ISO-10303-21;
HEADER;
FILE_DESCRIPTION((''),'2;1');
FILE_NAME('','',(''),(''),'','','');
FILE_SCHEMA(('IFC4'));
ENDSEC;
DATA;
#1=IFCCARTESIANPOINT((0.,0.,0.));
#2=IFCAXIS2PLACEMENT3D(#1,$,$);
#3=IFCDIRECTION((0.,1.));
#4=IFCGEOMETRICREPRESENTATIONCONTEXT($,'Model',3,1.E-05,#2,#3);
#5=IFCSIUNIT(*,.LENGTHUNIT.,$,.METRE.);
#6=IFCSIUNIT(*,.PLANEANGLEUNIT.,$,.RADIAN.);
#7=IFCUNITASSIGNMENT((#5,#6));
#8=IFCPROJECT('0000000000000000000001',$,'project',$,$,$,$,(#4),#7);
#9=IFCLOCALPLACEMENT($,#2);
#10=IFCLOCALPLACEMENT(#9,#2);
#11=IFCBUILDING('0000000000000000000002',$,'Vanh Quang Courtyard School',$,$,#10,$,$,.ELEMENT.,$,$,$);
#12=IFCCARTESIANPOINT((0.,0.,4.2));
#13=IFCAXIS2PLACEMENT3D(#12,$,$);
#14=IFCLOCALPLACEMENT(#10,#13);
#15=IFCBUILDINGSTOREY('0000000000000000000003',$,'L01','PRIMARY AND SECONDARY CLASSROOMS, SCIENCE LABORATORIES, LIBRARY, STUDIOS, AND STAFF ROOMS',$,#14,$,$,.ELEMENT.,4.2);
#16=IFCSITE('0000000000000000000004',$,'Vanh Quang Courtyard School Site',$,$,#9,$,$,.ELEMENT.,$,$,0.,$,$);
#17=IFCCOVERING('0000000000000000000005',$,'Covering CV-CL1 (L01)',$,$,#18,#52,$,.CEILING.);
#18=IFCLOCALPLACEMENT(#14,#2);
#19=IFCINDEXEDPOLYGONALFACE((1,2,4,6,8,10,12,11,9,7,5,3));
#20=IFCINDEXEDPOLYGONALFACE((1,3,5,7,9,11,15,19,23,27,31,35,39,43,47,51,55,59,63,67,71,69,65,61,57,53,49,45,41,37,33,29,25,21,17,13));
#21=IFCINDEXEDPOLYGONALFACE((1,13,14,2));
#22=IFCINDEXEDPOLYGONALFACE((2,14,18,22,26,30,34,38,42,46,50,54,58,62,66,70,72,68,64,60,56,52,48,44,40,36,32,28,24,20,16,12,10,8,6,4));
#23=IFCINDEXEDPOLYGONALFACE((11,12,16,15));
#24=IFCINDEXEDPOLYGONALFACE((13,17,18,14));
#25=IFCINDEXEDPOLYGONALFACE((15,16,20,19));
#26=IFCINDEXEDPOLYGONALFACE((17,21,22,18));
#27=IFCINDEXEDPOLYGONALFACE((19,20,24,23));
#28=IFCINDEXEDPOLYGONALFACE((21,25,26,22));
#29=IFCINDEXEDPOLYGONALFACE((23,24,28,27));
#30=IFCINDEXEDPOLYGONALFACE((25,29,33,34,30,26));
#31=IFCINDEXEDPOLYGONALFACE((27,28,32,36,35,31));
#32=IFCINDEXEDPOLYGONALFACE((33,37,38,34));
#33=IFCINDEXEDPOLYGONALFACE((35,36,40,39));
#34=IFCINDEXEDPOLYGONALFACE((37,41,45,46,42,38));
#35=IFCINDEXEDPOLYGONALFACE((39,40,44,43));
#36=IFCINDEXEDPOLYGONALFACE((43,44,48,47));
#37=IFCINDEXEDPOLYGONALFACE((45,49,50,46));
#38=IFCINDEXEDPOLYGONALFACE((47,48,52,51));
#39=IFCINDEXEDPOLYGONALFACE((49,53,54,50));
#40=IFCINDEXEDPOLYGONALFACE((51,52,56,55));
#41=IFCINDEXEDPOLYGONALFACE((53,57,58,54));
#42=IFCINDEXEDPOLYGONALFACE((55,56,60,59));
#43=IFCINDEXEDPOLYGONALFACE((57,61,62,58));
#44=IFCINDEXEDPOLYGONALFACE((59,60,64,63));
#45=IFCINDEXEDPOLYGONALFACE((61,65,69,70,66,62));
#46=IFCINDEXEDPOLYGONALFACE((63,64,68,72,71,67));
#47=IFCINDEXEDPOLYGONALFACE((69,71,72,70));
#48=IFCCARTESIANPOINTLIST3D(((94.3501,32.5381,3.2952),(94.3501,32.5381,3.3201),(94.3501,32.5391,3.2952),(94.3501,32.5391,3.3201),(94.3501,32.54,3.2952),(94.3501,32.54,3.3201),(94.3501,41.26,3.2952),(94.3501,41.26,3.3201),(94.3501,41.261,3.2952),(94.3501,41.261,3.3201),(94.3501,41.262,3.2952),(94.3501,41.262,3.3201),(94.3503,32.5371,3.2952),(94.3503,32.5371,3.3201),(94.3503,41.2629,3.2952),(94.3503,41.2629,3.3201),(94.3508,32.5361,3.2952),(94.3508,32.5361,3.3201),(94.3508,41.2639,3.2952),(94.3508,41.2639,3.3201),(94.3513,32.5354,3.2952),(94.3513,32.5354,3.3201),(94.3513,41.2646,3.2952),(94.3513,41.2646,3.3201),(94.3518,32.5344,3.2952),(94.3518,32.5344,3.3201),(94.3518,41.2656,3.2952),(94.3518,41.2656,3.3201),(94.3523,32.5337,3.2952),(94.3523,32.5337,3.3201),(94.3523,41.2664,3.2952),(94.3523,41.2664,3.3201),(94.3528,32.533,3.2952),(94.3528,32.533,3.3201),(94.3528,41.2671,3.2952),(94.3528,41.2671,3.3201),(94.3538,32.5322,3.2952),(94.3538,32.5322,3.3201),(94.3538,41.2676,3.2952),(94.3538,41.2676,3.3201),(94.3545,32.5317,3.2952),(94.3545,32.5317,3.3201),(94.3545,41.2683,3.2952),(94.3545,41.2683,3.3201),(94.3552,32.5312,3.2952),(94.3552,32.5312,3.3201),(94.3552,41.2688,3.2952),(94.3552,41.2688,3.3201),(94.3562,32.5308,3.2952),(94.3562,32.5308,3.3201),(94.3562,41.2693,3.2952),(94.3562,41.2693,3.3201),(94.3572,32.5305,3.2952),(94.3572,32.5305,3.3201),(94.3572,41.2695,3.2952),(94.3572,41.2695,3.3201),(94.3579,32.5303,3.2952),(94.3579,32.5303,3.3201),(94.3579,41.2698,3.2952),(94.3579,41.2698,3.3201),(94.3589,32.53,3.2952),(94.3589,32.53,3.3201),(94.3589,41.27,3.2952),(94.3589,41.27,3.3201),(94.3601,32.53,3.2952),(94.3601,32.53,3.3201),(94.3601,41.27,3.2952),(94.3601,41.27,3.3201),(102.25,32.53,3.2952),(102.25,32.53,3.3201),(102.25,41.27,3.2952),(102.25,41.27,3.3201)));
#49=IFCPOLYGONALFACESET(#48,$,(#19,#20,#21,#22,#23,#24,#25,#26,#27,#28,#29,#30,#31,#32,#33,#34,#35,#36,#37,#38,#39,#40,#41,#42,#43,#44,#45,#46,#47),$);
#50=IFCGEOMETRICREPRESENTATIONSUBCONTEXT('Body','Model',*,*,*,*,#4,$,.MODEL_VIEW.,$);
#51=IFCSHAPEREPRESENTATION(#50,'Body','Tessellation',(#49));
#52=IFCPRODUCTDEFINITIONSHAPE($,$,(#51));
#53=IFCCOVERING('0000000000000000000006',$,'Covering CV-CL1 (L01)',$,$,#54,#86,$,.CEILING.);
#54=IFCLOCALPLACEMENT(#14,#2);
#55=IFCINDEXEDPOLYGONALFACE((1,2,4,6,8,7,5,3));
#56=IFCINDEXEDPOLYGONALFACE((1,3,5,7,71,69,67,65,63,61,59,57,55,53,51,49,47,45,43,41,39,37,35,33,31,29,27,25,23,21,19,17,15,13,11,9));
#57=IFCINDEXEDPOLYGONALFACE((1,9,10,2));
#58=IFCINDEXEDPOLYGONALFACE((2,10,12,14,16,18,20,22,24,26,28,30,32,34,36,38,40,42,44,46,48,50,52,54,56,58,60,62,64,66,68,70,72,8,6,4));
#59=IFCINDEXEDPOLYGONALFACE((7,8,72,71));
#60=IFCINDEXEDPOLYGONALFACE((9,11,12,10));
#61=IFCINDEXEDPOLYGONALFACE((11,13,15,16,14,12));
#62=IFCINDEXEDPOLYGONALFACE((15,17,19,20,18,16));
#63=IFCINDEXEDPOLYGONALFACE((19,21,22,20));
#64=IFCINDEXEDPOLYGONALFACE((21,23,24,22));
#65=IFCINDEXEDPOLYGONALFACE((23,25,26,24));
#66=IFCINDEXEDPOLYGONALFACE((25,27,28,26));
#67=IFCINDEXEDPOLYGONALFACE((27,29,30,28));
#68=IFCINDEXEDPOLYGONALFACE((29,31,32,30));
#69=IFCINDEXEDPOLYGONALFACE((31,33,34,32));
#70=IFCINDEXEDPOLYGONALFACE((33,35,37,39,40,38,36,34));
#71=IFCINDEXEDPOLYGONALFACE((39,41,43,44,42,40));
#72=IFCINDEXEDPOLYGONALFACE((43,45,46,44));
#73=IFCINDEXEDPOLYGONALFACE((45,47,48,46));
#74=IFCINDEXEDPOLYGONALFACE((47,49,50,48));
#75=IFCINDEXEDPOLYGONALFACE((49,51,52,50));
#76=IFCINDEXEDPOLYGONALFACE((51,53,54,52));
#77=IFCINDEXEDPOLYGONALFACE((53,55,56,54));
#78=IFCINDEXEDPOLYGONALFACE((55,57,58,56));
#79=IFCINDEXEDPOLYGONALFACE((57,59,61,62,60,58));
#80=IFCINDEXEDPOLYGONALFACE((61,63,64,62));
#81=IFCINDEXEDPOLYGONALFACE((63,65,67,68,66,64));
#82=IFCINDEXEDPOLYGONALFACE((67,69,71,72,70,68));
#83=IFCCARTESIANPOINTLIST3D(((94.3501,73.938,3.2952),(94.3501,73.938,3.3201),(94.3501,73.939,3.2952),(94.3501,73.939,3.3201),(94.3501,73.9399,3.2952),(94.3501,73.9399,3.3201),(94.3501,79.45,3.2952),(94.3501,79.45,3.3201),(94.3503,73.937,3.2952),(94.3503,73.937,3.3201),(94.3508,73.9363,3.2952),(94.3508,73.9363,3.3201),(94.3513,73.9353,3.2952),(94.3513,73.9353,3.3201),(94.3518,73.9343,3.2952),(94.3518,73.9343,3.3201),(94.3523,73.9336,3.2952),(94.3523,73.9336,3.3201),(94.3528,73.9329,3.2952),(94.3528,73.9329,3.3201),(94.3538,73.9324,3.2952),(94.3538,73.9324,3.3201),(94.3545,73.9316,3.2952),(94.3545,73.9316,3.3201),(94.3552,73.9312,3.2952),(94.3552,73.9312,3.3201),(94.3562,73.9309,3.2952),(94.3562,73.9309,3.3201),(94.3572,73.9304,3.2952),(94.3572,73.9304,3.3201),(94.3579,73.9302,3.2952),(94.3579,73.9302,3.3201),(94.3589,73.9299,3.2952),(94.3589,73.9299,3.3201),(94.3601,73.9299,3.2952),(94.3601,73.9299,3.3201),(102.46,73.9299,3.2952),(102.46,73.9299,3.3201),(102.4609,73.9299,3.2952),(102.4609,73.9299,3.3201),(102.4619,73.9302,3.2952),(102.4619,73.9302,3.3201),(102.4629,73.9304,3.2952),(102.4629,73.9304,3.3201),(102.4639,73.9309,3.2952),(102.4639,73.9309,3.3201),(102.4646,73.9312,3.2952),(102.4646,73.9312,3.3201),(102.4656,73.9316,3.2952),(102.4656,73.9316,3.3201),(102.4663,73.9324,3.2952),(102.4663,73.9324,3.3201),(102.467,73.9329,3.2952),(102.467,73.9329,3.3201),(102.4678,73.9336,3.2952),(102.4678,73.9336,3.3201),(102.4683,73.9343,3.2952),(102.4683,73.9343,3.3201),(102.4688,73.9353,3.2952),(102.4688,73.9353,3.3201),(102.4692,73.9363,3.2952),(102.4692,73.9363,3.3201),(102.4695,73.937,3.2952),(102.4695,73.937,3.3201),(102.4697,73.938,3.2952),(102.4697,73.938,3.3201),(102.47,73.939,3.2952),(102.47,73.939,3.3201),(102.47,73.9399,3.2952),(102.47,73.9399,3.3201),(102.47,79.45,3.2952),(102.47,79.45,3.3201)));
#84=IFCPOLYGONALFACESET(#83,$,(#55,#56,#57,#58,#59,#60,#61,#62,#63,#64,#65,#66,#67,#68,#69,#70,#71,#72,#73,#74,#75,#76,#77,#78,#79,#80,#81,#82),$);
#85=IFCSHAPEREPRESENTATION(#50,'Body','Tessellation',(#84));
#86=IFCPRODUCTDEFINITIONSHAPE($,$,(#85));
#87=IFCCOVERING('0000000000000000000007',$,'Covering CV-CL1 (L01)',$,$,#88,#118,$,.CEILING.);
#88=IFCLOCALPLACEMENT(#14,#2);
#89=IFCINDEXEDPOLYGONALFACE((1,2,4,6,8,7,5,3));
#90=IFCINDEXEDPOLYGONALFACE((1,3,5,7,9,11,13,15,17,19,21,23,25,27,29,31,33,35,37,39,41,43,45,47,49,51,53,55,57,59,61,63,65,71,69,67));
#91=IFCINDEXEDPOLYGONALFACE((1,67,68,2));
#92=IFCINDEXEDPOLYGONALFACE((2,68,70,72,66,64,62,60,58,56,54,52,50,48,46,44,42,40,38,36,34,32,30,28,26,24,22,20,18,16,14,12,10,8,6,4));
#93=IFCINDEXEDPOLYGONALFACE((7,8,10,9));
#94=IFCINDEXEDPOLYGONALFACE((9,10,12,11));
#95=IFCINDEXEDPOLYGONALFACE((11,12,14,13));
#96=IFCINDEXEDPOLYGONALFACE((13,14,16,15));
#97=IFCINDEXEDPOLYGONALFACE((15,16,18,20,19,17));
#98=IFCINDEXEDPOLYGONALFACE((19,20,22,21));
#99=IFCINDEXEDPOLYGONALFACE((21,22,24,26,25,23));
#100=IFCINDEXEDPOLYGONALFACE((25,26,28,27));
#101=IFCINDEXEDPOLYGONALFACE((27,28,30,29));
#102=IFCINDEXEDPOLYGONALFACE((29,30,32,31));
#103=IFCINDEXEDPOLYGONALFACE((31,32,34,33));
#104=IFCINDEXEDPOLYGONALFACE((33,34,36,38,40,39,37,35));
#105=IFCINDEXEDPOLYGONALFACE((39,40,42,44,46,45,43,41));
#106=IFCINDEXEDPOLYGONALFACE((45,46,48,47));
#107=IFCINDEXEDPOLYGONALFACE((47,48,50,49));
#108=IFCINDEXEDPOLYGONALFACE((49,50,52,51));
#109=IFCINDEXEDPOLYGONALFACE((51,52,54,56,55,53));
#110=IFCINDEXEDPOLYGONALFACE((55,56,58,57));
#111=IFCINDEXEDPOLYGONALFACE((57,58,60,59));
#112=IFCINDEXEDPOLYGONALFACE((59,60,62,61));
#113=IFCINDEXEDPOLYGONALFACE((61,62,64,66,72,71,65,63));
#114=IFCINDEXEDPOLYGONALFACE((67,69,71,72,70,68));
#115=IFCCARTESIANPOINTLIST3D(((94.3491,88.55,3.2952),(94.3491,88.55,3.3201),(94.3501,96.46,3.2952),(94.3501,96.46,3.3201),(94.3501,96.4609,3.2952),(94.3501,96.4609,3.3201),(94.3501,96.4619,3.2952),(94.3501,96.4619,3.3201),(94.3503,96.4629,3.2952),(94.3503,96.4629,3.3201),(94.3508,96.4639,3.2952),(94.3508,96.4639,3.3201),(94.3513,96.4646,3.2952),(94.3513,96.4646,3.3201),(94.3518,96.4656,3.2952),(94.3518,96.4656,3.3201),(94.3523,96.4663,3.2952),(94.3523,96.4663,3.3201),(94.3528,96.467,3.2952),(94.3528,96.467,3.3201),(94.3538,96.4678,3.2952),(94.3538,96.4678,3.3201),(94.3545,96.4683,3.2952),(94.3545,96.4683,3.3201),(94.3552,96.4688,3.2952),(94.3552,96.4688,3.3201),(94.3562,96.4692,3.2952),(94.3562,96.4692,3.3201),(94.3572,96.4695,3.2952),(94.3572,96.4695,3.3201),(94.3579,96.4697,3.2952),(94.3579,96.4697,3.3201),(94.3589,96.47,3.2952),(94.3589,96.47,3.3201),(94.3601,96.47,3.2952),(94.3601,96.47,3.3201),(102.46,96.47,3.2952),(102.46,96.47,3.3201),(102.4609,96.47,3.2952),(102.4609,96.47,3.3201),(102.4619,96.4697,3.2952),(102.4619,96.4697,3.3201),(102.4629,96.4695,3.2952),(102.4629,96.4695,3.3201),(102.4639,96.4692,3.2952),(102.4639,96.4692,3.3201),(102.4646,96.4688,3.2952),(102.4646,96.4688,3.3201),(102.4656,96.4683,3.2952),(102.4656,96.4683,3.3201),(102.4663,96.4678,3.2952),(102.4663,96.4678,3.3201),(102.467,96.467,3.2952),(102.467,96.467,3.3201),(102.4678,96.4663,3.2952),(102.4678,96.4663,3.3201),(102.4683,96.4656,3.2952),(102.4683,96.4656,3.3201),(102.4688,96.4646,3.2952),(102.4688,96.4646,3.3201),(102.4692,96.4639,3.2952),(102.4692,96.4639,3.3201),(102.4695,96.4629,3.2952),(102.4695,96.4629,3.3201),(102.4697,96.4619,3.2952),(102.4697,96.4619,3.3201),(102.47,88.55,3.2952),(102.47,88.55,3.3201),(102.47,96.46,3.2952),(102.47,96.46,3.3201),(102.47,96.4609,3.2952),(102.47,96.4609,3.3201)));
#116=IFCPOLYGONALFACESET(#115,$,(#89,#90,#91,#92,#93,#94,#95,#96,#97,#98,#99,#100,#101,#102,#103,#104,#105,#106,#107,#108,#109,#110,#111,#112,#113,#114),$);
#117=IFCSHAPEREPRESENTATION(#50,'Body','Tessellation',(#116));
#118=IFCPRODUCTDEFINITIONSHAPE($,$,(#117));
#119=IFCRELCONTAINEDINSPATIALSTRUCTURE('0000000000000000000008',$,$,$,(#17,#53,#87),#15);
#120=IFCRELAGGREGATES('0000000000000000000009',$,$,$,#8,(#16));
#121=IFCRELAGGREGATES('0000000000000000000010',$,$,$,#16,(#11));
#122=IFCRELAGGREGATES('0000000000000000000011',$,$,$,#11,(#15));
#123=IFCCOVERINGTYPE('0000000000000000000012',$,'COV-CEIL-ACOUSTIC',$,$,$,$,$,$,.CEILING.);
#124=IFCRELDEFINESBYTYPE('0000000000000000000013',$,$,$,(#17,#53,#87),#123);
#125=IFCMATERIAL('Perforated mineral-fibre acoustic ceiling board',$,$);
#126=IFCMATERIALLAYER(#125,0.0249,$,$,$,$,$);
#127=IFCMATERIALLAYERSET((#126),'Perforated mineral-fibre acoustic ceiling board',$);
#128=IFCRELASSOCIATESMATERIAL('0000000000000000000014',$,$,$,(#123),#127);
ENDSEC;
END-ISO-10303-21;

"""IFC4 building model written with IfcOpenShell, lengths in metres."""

from ifc_helpers import new_model, si_unit, direction, frame, origin, place, context, subcontext, project, spatial, polyline, outline, extrude, material, layer, layer_set, type_object, element, save


model = new_model("IFC4")

# Units and contexts
model_context = context("Model", 3, precision=1e-05, world=origin(), true_north=direction((0.0, 1.0)))
body_context = subcontext(model_context, "Body", "Model", "MODEL_VIEW")
ifc_project = project(units=[si_unit("LENGTHUNIT", "METRE"), si_unit("PLANEANGLEUNIT", "RADIAN")], contexts=[model_context])

# Site, building, storey
site_placement = place(None, origin())
site = spatial("IfcSite", under=ifc_project, at=site_placement, Name="Vanh Quang Courtyard School Site", CompositionType="ELEMENT", RefElevation=0.0)
building_placement = place(site_placement, origin())
building = spatial("IfcBuilding", under=site, at=building_placement, Name="Vanh Quang Courtyard School", CompositionType="ELEMENT")
storey_placement = place(building_placement, frame((0.0, 0.0, 4.2)))
storey = spatial("IfcBuildingStorey", under=building, at=storey_placement, Name="L01", Description="PRIMARY AND SECONDARY CLASSROOMS, SCIENCE LABORATORIES, LIBRARY, STUDIOS, AND STAFF ROOMS", CompositionType="ELEMENT", Elevation=4.2)

# Coverings
ifc_material_1 = material(Name="Perforated mineral-fibre acoustic ceiling board")
ifc_layer_1 = layer(ifc_material_1, 0.0249)
ifc_layer_set_1 = layer_set([ifc_layer_1], Name="Perforated mineral-fibre acoustic ceiling board")
covering_type_1 = type_object("IfcCoveringType", Name="COV-CEIL-ACOUSTIC", PredefinedType="CEILING", material=ifc_layer_set_1)
covering_1_placement = place(storey_placement, frame((0.0, 0.0, 3.2952)))
element("IfcCovering", 1, at=covering_1_placement, inside=storey, type_object=covering_type_1, Name="Covering CV-CL1 (L01)", PredefinedType="CEILING", context=body_context, shape_type="SweptSolid", body=[
    extrude(outline(polyline([(94.3601, 32.53), (94.3589, 32.53), (94.3579, 32.5303), (94.3572, 32.5305), (94.3562, 32.5308), (94.3552, 32.5312), (94.3545, 32.5317), (94.3538, 32.5322), (94.3528, 32.533), (94.3523, 32.5337), (94.3518, 32.5344), (94.3513, 32.5354), (94.3508, 32.5361), (94.3503, 32.5371), (94.3501, 32.5381), (94.3501, 32.5391), (94.3501, 32.54), (94.3501, 41.26), (94.3501, 41.261), (94.3501, 41.262), (94.3503, 41.2629), (94.3508, 41.2639), (94.3513, 41.2646), (94.3518, 41.2656), (94.3523, 41.2664), (94.3528, 41.2671), (94.3538, 41.2676), (94.3545, 41.2683), (94.3552, 41.2688), (94.3562, 41.2693), (94.3572, 41.2695), (94.3579, 41.2698), (94.3589, 41.27), (94.3601, 41.27), (102.25, 41.27), (102.25, 32.53), (94.3601, 32.53)])), origin(), (0.0, 0.0, 1.0), 0.0249),
])
covering_2_placement = place(storey_placement, frame((0.0, 0.0, 3.2952)))
element("IfcCovering", 2, at=covering_2_placement, inside=storey, type_object=covering_type_1, Name="Covering CV-CL1 (L01)", PredefinedType="CEILING", context=body_context, shape_type="SweptSolid", body=[
    extrude(outline(polyline([(94.3601, 73.9299), (94.3589, 73.9299), (94.3579, 73.9302), (94.3572, 73.9304), (94.3562, 73.9309), (94.3552, 73.9312), (94.3545, 73.9316), (94.3538, 73.9324), (94.3528, 73.9329), (94.3523, 73.9336), (94.3518, 73.9343), (94.3513, 73.9353), (94.3508, 73.9363), (94.3503, 73.937), (94.3501, 73.938), (94.3501, 73.939), (94.3501, 73.9399), (94.3501, 79.45), (102.47, 79.45), (102.47, 73.9399), (102.47, 73.939), (102.4697, 73.938), (102.4695, 73.937), (102.4692, 73.9363), (102.4688, 73.9353), (102.4683, 73.9343), (102.4678, 73.9336), (102.467, 73.9329), (102.4663, 73.9324), (102.4656, 73.9316), (102.4646, 73.9312), (102.4639, 73.9309), (102.4629, 73.9304), (102.4619, 73.9302), (102.4609, 73.9299), (102.46, 73.9299), (94.3601, 73.9299)])), origin(), (0.0, 0.0, 1.0), 0.0249),
])
covering_3_placement = place(storey_placement, frame((0.0, 0.0, 3.2952)))
element("IfcCovering", 3, at=covering_3_placement, inside=storey, type_object=covering_type_1, Name="Covering CV-CL1 (L01)", PredefinedType="CEILING", context=body_context, shape_type="SweptSolid", body=[
    extrude(outline(polyline([(94.3501, 96.46), (94.3501, 96.4609), (94.3501, 96.4619), (94.3503, 96.4629), (94.3508, 96.4639), (94.3513, 96.4646), (94.3518, 96.4656), (94.3523, 96.4663), (94.3528, 96.467), (94.3538, 96.4678), (94.3545, 96.4683), (94.3552, 96.4688), (94.3562, 96.4692), (94.3572, 96.4695), (94.3579, 96.4697), (94.3589, 96.47), (94.3601, 96.47), (102.46, 96.47), (102.4609, 96.47), (102.4619, 96.4697), (102.4629, 96.4695), (102.4639, 96.4692), (102.4646, 96.4688), (102.4656, 96.4683), (102.4663, 96.4678), (102.467, 96.467), (102.4678, 96.4663), (102.4683, 96.4656), (102.4688, 96.4646), (102.4692, 96.4639), (102.4695, 96.4629), (102.4697, 96.4619), (102.47, 96.4609), (102.47, 96.46), (102.47, 88.55), (94.3491, 88.55), (94.3501, 96.46)])), origin(), (0.0, 0.0, 1.0), 0.0249),
])

save(model, "model.ifc")
